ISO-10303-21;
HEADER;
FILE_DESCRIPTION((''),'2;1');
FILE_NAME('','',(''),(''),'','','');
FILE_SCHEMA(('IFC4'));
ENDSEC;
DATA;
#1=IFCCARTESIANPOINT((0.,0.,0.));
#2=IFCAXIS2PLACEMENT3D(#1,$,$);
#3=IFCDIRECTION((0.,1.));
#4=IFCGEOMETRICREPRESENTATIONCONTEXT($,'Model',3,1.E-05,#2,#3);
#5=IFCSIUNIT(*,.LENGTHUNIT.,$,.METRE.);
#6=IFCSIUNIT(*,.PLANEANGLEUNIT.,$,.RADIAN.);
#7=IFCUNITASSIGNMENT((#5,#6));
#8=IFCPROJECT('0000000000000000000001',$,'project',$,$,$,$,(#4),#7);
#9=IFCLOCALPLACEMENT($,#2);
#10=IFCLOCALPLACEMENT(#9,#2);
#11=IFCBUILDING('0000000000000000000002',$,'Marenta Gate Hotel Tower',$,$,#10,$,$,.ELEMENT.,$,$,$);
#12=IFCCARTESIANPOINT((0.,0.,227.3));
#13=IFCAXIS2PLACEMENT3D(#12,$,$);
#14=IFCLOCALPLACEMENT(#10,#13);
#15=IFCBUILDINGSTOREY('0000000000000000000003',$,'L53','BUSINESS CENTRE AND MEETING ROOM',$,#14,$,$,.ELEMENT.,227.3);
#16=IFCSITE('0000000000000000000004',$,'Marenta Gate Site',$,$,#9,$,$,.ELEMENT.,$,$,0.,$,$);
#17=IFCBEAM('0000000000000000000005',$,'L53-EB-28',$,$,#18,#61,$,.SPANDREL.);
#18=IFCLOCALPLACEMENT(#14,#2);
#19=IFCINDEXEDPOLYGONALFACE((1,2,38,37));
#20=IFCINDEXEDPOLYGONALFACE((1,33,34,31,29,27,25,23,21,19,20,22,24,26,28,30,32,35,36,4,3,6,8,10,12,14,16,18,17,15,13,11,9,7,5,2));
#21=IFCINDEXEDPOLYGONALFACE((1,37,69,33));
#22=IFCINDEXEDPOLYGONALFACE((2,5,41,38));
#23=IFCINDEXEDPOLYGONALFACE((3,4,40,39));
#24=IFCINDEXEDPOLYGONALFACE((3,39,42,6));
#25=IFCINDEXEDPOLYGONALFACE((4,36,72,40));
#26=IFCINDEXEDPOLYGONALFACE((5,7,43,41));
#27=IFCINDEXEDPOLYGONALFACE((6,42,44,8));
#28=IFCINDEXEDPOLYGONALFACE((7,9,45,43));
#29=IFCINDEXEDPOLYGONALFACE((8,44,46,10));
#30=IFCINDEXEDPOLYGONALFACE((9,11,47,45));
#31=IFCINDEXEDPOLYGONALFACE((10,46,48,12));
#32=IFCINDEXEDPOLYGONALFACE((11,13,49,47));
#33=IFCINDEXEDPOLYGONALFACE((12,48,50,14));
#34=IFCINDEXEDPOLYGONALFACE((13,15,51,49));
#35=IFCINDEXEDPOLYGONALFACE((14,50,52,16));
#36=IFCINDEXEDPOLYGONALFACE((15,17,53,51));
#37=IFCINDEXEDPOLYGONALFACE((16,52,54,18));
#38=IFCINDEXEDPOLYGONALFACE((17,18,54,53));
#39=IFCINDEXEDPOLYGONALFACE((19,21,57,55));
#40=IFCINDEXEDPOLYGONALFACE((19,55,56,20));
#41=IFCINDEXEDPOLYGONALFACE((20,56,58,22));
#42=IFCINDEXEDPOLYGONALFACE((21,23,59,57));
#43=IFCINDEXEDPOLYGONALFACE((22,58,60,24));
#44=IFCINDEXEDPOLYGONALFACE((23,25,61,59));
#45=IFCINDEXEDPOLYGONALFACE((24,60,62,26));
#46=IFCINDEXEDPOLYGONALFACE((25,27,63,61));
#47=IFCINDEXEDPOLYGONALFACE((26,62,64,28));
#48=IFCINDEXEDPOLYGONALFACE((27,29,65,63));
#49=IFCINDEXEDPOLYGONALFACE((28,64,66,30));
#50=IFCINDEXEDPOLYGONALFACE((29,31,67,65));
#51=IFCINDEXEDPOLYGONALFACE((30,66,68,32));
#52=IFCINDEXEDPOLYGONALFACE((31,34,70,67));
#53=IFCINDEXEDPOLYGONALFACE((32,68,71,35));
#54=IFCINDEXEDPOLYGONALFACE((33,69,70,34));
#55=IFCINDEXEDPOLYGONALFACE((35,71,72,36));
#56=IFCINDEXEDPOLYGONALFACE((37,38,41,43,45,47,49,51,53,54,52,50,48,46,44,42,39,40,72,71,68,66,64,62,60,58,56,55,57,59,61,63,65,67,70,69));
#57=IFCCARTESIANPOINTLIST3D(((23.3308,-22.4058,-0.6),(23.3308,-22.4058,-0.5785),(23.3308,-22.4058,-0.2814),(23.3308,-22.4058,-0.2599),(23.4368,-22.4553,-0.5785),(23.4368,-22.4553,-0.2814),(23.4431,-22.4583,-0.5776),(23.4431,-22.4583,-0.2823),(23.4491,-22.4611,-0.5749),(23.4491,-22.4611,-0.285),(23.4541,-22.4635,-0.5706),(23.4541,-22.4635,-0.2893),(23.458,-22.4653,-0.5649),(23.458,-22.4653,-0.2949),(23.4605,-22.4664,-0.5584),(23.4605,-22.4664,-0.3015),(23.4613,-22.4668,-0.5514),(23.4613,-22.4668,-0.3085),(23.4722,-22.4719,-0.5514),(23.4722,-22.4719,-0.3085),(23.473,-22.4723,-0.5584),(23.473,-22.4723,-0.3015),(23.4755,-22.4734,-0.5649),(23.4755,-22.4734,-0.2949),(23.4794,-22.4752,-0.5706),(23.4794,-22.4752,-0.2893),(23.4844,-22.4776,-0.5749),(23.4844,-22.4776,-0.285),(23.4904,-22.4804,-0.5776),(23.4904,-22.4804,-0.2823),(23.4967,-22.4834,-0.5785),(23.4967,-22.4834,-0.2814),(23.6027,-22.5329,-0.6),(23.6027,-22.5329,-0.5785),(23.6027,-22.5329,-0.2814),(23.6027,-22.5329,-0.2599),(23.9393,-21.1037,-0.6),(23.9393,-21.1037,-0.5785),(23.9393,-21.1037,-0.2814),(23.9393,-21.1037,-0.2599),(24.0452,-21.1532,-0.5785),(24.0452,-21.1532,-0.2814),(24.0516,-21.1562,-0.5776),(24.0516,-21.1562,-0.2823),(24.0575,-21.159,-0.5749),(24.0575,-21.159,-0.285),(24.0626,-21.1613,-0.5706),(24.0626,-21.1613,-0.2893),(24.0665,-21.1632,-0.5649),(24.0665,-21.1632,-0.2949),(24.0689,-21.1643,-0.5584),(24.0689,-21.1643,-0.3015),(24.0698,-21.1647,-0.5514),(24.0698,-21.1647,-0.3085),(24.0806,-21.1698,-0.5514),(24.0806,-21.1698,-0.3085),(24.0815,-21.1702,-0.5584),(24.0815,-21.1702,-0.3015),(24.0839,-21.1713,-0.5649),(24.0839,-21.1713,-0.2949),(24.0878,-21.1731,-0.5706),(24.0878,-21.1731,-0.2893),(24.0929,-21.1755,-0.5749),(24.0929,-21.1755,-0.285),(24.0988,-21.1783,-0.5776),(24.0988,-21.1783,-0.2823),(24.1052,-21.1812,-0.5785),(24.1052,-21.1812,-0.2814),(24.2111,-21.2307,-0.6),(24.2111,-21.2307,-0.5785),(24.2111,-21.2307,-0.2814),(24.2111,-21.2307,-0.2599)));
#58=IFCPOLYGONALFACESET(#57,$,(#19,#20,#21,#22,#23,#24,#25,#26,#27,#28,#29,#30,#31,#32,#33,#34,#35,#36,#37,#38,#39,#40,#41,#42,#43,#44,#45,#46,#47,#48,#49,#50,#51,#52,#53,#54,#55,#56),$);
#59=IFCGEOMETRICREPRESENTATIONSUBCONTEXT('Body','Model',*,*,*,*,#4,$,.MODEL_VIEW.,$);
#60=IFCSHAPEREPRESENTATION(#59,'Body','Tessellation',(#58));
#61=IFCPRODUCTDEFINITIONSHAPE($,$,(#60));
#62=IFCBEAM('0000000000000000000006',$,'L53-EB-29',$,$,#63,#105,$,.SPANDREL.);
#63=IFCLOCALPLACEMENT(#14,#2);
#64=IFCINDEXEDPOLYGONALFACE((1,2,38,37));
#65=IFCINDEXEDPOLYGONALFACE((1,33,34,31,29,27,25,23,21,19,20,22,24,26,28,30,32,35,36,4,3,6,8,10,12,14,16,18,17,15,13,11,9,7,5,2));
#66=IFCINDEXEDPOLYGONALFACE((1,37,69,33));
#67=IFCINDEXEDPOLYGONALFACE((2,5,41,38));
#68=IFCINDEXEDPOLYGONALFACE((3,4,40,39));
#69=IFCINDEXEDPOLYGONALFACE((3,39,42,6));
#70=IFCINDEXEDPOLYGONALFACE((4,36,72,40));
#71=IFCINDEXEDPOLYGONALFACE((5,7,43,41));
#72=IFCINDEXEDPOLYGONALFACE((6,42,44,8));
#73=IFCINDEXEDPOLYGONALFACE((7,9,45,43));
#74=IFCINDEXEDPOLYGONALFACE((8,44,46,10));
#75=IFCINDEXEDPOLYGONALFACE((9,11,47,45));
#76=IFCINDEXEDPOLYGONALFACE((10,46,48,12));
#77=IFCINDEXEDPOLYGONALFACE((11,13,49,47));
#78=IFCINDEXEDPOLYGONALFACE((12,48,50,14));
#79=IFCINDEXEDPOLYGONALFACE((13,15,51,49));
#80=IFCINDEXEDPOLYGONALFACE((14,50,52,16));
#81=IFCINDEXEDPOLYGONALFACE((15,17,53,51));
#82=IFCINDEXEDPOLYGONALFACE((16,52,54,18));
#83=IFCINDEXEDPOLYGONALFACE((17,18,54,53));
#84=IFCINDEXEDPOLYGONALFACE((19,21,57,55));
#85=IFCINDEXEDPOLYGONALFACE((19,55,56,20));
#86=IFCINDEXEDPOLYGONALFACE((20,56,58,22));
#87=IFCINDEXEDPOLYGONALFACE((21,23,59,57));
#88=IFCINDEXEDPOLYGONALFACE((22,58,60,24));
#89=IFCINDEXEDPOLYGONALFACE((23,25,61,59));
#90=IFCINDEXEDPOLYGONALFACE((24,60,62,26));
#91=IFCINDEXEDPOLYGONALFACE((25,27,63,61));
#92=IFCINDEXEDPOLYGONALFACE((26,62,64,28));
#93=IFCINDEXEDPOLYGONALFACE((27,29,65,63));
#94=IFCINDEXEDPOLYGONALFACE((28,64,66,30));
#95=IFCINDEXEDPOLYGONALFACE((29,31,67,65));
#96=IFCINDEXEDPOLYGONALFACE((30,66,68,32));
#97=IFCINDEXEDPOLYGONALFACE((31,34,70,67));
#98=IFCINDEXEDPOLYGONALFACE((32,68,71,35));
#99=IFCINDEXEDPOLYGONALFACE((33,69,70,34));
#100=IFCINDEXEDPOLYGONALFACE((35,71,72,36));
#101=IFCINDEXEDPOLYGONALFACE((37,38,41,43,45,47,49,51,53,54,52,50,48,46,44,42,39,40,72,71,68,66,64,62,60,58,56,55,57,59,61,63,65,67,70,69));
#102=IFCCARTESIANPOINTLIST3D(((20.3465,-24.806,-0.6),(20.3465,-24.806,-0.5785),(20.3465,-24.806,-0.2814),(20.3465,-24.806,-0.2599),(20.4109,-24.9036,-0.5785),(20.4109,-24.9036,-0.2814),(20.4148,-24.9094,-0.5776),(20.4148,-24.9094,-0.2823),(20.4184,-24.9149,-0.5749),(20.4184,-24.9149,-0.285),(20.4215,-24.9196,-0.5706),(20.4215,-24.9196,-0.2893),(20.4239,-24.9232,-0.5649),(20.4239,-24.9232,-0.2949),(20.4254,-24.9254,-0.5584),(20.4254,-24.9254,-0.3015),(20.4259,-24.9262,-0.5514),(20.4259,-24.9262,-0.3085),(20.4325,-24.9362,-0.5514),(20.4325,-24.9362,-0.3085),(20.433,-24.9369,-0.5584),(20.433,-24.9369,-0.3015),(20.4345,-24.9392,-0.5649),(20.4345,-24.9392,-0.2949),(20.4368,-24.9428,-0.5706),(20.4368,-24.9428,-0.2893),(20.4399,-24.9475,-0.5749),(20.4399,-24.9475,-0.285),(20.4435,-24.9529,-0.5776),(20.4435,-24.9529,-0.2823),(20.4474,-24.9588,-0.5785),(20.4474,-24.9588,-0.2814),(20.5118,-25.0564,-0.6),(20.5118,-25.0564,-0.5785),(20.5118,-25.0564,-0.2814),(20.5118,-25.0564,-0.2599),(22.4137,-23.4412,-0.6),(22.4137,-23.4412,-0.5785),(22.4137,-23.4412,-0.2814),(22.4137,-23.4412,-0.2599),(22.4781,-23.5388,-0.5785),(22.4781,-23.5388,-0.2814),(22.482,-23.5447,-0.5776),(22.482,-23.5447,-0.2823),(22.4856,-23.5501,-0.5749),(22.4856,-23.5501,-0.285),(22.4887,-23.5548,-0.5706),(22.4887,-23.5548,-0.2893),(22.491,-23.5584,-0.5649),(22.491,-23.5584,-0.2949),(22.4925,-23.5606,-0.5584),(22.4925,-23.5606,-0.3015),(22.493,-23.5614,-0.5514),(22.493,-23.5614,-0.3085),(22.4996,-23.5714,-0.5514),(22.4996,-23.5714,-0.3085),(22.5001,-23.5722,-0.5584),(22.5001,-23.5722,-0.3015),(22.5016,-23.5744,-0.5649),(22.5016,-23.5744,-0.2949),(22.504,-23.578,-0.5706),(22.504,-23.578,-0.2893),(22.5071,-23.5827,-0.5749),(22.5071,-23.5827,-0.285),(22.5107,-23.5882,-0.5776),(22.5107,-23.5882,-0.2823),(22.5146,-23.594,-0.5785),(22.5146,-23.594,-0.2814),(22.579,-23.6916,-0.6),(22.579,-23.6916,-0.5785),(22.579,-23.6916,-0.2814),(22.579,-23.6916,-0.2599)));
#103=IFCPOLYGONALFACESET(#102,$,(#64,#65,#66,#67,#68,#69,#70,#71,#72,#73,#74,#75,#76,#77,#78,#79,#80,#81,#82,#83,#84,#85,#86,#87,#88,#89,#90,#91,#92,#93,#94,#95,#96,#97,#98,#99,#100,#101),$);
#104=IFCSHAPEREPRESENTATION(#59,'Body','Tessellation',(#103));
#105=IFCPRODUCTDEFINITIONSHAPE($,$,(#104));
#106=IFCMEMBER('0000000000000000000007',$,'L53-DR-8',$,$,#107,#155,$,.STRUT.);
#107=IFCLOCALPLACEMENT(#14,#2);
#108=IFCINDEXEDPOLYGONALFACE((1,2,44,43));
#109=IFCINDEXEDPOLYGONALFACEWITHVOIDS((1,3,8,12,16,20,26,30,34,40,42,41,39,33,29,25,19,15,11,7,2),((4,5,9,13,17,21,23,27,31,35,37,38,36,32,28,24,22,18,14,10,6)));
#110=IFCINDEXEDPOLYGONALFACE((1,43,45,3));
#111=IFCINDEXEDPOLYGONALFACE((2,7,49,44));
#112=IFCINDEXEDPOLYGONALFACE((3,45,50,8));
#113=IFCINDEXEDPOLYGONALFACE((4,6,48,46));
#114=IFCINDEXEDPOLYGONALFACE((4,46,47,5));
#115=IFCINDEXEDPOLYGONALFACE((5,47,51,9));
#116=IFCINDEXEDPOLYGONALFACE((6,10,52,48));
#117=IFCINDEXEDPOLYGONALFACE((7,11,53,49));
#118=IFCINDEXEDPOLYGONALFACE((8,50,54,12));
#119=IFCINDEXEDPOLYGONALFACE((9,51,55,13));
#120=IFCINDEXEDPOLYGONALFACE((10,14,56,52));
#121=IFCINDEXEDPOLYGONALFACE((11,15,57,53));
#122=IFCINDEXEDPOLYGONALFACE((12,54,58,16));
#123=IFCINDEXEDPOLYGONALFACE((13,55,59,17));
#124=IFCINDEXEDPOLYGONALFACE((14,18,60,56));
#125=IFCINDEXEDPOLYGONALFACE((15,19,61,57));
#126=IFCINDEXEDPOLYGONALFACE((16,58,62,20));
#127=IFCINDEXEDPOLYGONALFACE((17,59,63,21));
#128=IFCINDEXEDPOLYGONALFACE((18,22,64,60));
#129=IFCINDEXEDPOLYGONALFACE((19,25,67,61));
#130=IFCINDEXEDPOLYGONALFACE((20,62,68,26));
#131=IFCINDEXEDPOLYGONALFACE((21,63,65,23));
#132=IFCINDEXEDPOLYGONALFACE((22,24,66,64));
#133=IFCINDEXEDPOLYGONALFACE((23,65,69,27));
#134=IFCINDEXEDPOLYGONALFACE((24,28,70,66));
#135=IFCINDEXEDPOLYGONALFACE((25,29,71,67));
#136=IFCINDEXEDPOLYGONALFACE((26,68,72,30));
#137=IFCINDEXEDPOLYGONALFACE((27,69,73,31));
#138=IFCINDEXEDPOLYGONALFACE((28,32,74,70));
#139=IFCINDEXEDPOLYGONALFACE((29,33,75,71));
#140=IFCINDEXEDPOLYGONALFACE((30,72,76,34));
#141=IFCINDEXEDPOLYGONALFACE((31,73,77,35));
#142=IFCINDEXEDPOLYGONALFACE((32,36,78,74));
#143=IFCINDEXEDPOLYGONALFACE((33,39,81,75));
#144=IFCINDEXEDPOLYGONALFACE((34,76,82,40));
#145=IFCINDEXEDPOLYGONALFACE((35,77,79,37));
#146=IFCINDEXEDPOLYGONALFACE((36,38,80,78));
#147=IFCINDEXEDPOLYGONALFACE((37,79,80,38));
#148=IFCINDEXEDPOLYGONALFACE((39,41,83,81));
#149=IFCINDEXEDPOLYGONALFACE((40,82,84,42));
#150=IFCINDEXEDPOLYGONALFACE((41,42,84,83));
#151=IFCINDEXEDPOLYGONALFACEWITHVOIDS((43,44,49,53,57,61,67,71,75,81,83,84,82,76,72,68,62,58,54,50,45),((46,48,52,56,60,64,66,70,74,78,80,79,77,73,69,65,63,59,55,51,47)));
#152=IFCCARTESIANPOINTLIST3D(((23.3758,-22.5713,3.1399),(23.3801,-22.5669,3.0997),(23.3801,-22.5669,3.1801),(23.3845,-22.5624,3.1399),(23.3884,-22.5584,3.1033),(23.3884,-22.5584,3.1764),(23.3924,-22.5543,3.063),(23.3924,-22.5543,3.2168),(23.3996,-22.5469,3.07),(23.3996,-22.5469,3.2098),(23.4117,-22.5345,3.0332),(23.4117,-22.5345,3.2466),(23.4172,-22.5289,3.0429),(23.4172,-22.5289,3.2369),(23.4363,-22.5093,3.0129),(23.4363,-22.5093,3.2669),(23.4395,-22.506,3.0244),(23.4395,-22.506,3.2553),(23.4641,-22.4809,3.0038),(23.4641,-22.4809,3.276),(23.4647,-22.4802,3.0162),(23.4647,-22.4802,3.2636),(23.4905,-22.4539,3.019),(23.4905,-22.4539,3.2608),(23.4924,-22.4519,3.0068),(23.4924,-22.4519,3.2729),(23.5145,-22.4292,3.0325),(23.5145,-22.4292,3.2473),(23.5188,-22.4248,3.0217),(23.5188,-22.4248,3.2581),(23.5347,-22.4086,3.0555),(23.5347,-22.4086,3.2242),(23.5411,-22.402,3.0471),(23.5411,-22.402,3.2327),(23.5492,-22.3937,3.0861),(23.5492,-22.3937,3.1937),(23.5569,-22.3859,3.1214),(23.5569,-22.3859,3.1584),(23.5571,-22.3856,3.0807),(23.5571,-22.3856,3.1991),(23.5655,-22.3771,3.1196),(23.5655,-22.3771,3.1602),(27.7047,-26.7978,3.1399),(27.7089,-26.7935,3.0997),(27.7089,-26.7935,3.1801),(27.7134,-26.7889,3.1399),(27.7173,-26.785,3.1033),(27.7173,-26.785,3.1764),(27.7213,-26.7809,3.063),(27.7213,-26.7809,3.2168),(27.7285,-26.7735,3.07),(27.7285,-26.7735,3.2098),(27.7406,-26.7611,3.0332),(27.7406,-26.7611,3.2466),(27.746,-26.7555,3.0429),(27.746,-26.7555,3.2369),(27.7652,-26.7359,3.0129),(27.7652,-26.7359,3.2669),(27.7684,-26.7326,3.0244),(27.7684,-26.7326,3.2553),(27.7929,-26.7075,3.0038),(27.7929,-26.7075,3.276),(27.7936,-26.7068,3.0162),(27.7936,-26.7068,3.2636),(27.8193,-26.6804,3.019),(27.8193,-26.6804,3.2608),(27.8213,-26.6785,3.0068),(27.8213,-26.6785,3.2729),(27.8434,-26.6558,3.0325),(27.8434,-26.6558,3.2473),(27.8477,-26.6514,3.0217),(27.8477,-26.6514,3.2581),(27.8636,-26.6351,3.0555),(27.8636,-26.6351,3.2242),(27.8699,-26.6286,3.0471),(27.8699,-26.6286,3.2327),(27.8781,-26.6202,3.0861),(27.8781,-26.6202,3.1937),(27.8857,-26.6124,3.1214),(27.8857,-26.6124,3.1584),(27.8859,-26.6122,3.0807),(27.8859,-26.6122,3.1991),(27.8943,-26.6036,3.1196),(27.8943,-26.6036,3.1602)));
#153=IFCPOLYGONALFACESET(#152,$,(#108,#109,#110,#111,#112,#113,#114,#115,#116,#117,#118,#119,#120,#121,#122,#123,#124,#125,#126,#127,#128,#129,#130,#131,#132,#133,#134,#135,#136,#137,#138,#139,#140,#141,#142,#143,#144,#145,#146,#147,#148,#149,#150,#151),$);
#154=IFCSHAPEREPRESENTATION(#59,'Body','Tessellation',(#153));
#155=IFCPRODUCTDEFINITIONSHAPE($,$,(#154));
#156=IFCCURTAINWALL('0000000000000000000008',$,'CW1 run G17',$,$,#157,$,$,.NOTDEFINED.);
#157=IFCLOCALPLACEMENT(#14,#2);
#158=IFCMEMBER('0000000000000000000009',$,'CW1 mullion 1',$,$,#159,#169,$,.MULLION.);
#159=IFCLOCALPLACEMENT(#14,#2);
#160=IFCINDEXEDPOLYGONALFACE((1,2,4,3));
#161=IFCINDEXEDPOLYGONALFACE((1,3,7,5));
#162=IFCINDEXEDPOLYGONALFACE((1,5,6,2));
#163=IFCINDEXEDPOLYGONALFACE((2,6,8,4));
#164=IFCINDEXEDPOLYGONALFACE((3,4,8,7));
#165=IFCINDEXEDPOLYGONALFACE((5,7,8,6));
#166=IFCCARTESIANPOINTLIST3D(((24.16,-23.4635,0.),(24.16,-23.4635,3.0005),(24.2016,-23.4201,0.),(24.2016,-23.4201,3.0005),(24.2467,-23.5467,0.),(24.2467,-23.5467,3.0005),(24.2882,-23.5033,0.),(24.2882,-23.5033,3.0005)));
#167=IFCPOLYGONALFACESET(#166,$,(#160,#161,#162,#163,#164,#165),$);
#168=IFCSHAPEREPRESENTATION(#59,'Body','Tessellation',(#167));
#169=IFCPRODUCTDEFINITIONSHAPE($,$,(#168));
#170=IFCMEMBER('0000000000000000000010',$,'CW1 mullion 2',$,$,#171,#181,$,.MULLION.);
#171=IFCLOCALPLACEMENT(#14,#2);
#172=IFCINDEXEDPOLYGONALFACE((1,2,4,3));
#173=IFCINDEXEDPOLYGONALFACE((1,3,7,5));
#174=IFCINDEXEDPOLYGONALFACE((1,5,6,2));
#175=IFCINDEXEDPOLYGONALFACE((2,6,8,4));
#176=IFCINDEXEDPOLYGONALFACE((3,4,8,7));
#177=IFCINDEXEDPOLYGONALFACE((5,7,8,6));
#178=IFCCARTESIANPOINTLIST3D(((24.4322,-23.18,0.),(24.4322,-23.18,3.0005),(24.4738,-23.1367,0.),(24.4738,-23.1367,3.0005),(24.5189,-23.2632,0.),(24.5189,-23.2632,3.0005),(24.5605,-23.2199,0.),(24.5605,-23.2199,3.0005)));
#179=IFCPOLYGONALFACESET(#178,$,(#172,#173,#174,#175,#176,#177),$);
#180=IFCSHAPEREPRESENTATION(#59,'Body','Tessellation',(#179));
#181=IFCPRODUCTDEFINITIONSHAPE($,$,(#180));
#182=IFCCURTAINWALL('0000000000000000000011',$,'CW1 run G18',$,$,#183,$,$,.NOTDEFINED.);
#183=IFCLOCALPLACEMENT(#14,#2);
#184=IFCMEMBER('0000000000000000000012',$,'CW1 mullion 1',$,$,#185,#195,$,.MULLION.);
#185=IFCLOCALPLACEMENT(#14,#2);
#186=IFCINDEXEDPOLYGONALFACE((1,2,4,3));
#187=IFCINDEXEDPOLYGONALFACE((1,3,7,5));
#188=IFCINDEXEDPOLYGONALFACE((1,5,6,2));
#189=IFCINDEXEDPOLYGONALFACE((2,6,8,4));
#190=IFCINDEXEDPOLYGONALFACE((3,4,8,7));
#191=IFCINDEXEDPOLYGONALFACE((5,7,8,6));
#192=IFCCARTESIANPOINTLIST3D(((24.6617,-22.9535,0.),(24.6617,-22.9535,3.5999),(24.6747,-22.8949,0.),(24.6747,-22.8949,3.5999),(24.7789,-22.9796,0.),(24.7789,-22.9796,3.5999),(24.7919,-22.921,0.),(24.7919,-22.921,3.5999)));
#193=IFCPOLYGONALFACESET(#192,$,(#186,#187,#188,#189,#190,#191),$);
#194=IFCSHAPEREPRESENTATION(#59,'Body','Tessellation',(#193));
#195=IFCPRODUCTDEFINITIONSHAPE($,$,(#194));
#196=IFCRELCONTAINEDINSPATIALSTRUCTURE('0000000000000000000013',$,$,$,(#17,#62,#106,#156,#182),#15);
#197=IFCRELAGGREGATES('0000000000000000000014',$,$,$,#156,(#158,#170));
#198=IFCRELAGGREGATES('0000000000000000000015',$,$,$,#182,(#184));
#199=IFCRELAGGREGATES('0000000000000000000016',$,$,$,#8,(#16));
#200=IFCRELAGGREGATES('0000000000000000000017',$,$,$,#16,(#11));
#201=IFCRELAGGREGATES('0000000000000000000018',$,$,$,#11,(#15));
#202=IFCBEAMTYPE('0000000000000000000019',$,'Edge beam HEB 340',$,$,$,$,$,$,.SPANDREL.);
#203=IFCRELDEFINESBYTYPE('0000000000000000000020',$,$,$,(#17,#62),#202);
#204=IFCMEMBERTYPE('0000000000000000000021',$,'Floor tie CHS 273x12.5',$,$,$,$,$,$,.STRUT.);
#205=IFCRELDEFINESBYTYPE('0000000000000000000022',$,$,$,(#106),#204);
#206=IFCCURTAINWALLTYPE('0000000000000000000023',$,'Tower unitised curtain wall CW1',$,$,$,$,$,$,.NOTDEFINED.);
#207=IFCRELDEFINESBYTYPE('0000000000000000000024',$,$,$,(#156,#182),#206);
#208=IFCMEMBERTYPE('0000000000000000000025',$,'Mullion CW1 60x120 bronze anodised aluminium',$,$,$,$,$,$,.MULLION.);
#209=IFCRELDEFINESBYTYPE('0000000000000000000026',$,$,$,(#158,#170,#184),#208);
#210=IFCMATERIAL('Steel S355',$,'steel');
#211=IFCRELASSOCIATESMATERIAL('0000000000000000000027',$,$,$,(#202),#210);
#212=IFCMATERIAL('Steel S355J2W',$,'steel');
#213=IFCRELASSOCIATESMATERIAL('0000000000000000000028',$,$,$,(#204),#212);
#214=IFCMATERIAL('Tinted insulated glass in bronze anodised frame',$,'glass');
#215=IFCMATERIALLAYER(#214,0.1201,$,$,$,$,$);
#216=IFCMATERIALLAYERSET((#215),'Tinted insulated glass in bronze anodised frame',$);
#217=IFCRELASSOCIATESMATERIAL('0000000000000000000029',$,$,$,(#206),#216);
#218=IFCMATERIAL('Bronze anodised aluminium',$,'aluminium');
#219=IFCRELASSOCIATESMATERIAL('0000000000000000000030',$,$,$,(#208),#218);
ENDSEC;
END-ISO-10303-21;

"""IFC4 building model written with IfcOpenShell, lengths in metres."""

from ifc_helpers import new_model, si_unit, direction, frame, origin, origin_2d, place, context, subcontext, project, spatial, rectangle, hollow_circle, i_section, extrude, material, layer, layer_set, material_profile, profile_set, type_object, element, aggregate, save


model = new_model("IFC4")

# Units and contexts
model_context = context("Model", 3, precision=1e-05, world=origin(), true_north=direction((0.0, 1.0)))
body_context = subcontext(model_context, "Body", "Model", "MODEL_VIEW")
ifc_project = project(units=[si_unit("LENGTHUNIT", "METRE"), si_unit("PLANEANGLEUNIT", "RADIAN")], contexts=[model_context])

# Site, building, storey
site_placement = place(None, origin())
site = spatial("IfcSite", under=ifc_project, at=site_placement, Name="Marenta Gate Site", CompositionType="ELEMENT", RefElevation=0.0)
building_placement = place(site_placement, origin())
building = spatial("IfcBuilding", under=site, at=building_placement, Name="Marenta Gate Hotel Tower", CompositionType="ELEMENT")
storey_placement = place(building_placement, frame((0.0, 0.0, 227.3)))
storey = spatial("IfcBuildingStorey", under=building, at=storey_placement, Name="L53", Description="BUSINESS CENTRE AND MEETING ROOM", CompositionType="ELEMENT", Elevation=227.3)

# Beams
ifc_material_1 = material(Name="Steel S355", Category="steel")
ifc_material_profile_1 = material_profile(ifc_material_1, i_section(OverallWidth=0.3, OverallDepth=0.3401, WebThickness=0.012, FlangeThickness=0.0215, FilletRadius=0.0271, at=origin_2d()), Name="HEB 340")
ifc_profile_set_1 = profile_set([ifc_material_profile_1], Name="Steel S355")
beam_type = type_object("IfcBeamType", Name="Edge beam HEB 340", PredefinedType="SPANDREL", material=ifc_profile_set_1)
beam_1_placement = place(storey_placement, frame((24.0752, -21.1672, -0.4299), z_axis=(-0.423341, -0.90597, 0.0), x_axis=(0.90597, -0.423341, 0.0)))
element("IfcBeam", 1, at=beam_1_placement, inside=storey, type_object=beam_type, Name="L53-EB-28", PredefinedType="SPANDREL", context=body_context, shape_type="SweptSolid", body=[
    extrude(i_section(OverallWidth=0.3, OverallDepth=0.3401, WebThickness=0.012, FlangeThickness=0.0215, FilletRadius=0.0271, at=origin_2d()), origin(), (0.0, 0.0, 1.0), 1.4373),
])
beam_2_placement = place(storey_placement, frame((22.4963, -23.5664, -0.4299), z_axis=(-0.834529, -0.550964, 0.0), x_axis=(0.550964, -0.834529, 0.0)))
element("IfcBeam", 2, at=beam_2_placement, inside=storey, type_object=beam_type, Name="L53-EB-29", PredefinedType="SPANDREL", context=body_context, shape_type="SweptSolid", body=[
    extrude(i_section(OverallWidth=0.3, OverallDepth=0.3401, WebThickness=0.012, FlangeThickness=0.0215, FilletRadius=0.0271, at=origin_2d()), origin(), (0.0, 0.0, 1.0), 2.4771),
])

# Member
ifc_material_2 = material(Name="Steel S355J2W", Category="steel")
ifc_material_profile_2 = material_profile(ifc_material_2, hollow_circle(Radius=0.1365, WallThickness=0.0125, at=origin_2d()), Name="CHS 273x12.5")
ifc_profile_set_2 = profile_set([ifc_material_profile_2], Name="Steel S355J2W")
member_type_1 = type_object("IfcMemberType", Name="Floor tie CHS 273x12.5", PredefinedType="STRUT", material=ifc_profile_set_2)
member_1_placement = place(storey_placement, frame((27.8, -26.7002, 3.1399), z_axis=(-0.71551, 0.698602, 0.0), x_axis=(-0.698602, -0.71551, 0.0)))
element("IfcMember", 3, at=member_1_placement, inside=storey, type_object=member_type_1, Name="L53-DR-8", PredefinedType="STRUT", context=body_context, shape_type="SweptSolid", body=[
    extrude(hollow_circle(Radius=0.1365, WallThickness=0.0125, at=origin_2d()), origin(), (0.0, 0.0, 1.0), 6.05),
])

# Curtain wall, members
ifc_material_3 = material(Name="Tinted insulated glass in bronze anodised frame", Category="glass")
ifc_layer_1 = layer(ifc_material_3, 0.1201)
ifc_layer_set_1 = layer_set([ifc_layer_1], Name="Tinted insulated glass in bronze anodised frame")
curtain_wall_type = type_object("IfcCurtainWallType", Name="Tower unitised curtain wall CW1", PredefinedType="NOTDEFINED", material=ifc_layer_set_1)
curtain_wall_1_placement = place(storey_placement, origin())
curtain_wall_1 = element("IfcCurtainWall", 4, at=curtain_wall_1_placement, inside=storey, type_object=curtain_wall_type, Name="CW1 run G17", PredefinedType="NOTDEFINED")
ifc_material_4 = material(Name="Bronze anodised aluminium", Category="aluminium")
ifc_material_profile_3 = material_profile(ifc_material_4, rectangle(XDim=0.1201, YDim=0.0601, at=origin_2d()), Name="Mullion CW1 60x120 bronze anodised aluminium")
ifc_profile_set_3 = profile_set([ifc_material_profile_3], Name="Bronze anodised aluminium")
member_type_2 = type_object("IfcMemberType", Name="Mullion CW1 60x120 bronze anodised aluminium", PredefinedType="MULLION", material=ifc_profile_set_3)
member_2_placement = place(storey_placement, frame((24.2241, -23.4834, 0.0), z_axis=(0.0, 0.0, 1.0), x_axis=(-0.721418, 0.6925, 0.0)))
member_2 = element("IfcMember", 5, at=member_2_placement, type_object=member_type_2, Name="CW1 mullion 1", PredefinedType="MULLION", context=body_context, shape_type="SweptSolid", body=[
    extrude(rectangle(XDim=0.1201, YDim=0.0601, at=origin_2d()), origin(), (0.0, 0.0, 1.0), 3.0005),
])
member_3_placement = place(storey_placement, frame((24.4963, -23.2, 0.0), z_axis=(0.0, 0.0, 1.0), x_axis=(-0.721418, 0.6925, 0.0)))
member_3 = element("IfcMember", 6, at=member_3_placement, type_object=member_type_2, Name="CW1 mullion 2", PredefinedType="MULLION", context=body_context, shape_type="SweptSolid", body=[
    extrude(rectangle(XDim=0.1201, YDim=0.0601, at=origin_2d()), origin(), (0.0, 0.0, 1.0), 3.0005),
])

# Curtain wall, member
curtain_wall_2_placement = place(storey_placement, origin())
curtain_wall_2 = element("IfcCurtainWall", 7, at=curtain_wall_2_placement, inside=storey, type_object=curtain_wall_type, Name="CW1 run G18", PredefinedType="NOTDEFINED")
member_4_placement = place(storey_placement, frame((24.7268, -22.9373, 0.0), z_axis=(0.0, 0.0, 1.0), x_axis=(-0.976207, 0.216842, 0.0)))
member_4 = element("IfcMember", 8, at=member_4_placement, type_object=member_type_2, Name="CW1 mullion 1", PredefinedType="MULLION", context=body_context, shape_type="SweptSolid", body=[
    extrude(rectangle(XDim=0.1201, YDim=0.0601, at=origin_2d()), origin(), (0.0, 0.0, 1.0), 3.5999),
])

aggregate(curtain_wall_1, [member_2, member_3])
aggregate(curtain_wall_2, [member_4])

save(model, "model.ifc")
